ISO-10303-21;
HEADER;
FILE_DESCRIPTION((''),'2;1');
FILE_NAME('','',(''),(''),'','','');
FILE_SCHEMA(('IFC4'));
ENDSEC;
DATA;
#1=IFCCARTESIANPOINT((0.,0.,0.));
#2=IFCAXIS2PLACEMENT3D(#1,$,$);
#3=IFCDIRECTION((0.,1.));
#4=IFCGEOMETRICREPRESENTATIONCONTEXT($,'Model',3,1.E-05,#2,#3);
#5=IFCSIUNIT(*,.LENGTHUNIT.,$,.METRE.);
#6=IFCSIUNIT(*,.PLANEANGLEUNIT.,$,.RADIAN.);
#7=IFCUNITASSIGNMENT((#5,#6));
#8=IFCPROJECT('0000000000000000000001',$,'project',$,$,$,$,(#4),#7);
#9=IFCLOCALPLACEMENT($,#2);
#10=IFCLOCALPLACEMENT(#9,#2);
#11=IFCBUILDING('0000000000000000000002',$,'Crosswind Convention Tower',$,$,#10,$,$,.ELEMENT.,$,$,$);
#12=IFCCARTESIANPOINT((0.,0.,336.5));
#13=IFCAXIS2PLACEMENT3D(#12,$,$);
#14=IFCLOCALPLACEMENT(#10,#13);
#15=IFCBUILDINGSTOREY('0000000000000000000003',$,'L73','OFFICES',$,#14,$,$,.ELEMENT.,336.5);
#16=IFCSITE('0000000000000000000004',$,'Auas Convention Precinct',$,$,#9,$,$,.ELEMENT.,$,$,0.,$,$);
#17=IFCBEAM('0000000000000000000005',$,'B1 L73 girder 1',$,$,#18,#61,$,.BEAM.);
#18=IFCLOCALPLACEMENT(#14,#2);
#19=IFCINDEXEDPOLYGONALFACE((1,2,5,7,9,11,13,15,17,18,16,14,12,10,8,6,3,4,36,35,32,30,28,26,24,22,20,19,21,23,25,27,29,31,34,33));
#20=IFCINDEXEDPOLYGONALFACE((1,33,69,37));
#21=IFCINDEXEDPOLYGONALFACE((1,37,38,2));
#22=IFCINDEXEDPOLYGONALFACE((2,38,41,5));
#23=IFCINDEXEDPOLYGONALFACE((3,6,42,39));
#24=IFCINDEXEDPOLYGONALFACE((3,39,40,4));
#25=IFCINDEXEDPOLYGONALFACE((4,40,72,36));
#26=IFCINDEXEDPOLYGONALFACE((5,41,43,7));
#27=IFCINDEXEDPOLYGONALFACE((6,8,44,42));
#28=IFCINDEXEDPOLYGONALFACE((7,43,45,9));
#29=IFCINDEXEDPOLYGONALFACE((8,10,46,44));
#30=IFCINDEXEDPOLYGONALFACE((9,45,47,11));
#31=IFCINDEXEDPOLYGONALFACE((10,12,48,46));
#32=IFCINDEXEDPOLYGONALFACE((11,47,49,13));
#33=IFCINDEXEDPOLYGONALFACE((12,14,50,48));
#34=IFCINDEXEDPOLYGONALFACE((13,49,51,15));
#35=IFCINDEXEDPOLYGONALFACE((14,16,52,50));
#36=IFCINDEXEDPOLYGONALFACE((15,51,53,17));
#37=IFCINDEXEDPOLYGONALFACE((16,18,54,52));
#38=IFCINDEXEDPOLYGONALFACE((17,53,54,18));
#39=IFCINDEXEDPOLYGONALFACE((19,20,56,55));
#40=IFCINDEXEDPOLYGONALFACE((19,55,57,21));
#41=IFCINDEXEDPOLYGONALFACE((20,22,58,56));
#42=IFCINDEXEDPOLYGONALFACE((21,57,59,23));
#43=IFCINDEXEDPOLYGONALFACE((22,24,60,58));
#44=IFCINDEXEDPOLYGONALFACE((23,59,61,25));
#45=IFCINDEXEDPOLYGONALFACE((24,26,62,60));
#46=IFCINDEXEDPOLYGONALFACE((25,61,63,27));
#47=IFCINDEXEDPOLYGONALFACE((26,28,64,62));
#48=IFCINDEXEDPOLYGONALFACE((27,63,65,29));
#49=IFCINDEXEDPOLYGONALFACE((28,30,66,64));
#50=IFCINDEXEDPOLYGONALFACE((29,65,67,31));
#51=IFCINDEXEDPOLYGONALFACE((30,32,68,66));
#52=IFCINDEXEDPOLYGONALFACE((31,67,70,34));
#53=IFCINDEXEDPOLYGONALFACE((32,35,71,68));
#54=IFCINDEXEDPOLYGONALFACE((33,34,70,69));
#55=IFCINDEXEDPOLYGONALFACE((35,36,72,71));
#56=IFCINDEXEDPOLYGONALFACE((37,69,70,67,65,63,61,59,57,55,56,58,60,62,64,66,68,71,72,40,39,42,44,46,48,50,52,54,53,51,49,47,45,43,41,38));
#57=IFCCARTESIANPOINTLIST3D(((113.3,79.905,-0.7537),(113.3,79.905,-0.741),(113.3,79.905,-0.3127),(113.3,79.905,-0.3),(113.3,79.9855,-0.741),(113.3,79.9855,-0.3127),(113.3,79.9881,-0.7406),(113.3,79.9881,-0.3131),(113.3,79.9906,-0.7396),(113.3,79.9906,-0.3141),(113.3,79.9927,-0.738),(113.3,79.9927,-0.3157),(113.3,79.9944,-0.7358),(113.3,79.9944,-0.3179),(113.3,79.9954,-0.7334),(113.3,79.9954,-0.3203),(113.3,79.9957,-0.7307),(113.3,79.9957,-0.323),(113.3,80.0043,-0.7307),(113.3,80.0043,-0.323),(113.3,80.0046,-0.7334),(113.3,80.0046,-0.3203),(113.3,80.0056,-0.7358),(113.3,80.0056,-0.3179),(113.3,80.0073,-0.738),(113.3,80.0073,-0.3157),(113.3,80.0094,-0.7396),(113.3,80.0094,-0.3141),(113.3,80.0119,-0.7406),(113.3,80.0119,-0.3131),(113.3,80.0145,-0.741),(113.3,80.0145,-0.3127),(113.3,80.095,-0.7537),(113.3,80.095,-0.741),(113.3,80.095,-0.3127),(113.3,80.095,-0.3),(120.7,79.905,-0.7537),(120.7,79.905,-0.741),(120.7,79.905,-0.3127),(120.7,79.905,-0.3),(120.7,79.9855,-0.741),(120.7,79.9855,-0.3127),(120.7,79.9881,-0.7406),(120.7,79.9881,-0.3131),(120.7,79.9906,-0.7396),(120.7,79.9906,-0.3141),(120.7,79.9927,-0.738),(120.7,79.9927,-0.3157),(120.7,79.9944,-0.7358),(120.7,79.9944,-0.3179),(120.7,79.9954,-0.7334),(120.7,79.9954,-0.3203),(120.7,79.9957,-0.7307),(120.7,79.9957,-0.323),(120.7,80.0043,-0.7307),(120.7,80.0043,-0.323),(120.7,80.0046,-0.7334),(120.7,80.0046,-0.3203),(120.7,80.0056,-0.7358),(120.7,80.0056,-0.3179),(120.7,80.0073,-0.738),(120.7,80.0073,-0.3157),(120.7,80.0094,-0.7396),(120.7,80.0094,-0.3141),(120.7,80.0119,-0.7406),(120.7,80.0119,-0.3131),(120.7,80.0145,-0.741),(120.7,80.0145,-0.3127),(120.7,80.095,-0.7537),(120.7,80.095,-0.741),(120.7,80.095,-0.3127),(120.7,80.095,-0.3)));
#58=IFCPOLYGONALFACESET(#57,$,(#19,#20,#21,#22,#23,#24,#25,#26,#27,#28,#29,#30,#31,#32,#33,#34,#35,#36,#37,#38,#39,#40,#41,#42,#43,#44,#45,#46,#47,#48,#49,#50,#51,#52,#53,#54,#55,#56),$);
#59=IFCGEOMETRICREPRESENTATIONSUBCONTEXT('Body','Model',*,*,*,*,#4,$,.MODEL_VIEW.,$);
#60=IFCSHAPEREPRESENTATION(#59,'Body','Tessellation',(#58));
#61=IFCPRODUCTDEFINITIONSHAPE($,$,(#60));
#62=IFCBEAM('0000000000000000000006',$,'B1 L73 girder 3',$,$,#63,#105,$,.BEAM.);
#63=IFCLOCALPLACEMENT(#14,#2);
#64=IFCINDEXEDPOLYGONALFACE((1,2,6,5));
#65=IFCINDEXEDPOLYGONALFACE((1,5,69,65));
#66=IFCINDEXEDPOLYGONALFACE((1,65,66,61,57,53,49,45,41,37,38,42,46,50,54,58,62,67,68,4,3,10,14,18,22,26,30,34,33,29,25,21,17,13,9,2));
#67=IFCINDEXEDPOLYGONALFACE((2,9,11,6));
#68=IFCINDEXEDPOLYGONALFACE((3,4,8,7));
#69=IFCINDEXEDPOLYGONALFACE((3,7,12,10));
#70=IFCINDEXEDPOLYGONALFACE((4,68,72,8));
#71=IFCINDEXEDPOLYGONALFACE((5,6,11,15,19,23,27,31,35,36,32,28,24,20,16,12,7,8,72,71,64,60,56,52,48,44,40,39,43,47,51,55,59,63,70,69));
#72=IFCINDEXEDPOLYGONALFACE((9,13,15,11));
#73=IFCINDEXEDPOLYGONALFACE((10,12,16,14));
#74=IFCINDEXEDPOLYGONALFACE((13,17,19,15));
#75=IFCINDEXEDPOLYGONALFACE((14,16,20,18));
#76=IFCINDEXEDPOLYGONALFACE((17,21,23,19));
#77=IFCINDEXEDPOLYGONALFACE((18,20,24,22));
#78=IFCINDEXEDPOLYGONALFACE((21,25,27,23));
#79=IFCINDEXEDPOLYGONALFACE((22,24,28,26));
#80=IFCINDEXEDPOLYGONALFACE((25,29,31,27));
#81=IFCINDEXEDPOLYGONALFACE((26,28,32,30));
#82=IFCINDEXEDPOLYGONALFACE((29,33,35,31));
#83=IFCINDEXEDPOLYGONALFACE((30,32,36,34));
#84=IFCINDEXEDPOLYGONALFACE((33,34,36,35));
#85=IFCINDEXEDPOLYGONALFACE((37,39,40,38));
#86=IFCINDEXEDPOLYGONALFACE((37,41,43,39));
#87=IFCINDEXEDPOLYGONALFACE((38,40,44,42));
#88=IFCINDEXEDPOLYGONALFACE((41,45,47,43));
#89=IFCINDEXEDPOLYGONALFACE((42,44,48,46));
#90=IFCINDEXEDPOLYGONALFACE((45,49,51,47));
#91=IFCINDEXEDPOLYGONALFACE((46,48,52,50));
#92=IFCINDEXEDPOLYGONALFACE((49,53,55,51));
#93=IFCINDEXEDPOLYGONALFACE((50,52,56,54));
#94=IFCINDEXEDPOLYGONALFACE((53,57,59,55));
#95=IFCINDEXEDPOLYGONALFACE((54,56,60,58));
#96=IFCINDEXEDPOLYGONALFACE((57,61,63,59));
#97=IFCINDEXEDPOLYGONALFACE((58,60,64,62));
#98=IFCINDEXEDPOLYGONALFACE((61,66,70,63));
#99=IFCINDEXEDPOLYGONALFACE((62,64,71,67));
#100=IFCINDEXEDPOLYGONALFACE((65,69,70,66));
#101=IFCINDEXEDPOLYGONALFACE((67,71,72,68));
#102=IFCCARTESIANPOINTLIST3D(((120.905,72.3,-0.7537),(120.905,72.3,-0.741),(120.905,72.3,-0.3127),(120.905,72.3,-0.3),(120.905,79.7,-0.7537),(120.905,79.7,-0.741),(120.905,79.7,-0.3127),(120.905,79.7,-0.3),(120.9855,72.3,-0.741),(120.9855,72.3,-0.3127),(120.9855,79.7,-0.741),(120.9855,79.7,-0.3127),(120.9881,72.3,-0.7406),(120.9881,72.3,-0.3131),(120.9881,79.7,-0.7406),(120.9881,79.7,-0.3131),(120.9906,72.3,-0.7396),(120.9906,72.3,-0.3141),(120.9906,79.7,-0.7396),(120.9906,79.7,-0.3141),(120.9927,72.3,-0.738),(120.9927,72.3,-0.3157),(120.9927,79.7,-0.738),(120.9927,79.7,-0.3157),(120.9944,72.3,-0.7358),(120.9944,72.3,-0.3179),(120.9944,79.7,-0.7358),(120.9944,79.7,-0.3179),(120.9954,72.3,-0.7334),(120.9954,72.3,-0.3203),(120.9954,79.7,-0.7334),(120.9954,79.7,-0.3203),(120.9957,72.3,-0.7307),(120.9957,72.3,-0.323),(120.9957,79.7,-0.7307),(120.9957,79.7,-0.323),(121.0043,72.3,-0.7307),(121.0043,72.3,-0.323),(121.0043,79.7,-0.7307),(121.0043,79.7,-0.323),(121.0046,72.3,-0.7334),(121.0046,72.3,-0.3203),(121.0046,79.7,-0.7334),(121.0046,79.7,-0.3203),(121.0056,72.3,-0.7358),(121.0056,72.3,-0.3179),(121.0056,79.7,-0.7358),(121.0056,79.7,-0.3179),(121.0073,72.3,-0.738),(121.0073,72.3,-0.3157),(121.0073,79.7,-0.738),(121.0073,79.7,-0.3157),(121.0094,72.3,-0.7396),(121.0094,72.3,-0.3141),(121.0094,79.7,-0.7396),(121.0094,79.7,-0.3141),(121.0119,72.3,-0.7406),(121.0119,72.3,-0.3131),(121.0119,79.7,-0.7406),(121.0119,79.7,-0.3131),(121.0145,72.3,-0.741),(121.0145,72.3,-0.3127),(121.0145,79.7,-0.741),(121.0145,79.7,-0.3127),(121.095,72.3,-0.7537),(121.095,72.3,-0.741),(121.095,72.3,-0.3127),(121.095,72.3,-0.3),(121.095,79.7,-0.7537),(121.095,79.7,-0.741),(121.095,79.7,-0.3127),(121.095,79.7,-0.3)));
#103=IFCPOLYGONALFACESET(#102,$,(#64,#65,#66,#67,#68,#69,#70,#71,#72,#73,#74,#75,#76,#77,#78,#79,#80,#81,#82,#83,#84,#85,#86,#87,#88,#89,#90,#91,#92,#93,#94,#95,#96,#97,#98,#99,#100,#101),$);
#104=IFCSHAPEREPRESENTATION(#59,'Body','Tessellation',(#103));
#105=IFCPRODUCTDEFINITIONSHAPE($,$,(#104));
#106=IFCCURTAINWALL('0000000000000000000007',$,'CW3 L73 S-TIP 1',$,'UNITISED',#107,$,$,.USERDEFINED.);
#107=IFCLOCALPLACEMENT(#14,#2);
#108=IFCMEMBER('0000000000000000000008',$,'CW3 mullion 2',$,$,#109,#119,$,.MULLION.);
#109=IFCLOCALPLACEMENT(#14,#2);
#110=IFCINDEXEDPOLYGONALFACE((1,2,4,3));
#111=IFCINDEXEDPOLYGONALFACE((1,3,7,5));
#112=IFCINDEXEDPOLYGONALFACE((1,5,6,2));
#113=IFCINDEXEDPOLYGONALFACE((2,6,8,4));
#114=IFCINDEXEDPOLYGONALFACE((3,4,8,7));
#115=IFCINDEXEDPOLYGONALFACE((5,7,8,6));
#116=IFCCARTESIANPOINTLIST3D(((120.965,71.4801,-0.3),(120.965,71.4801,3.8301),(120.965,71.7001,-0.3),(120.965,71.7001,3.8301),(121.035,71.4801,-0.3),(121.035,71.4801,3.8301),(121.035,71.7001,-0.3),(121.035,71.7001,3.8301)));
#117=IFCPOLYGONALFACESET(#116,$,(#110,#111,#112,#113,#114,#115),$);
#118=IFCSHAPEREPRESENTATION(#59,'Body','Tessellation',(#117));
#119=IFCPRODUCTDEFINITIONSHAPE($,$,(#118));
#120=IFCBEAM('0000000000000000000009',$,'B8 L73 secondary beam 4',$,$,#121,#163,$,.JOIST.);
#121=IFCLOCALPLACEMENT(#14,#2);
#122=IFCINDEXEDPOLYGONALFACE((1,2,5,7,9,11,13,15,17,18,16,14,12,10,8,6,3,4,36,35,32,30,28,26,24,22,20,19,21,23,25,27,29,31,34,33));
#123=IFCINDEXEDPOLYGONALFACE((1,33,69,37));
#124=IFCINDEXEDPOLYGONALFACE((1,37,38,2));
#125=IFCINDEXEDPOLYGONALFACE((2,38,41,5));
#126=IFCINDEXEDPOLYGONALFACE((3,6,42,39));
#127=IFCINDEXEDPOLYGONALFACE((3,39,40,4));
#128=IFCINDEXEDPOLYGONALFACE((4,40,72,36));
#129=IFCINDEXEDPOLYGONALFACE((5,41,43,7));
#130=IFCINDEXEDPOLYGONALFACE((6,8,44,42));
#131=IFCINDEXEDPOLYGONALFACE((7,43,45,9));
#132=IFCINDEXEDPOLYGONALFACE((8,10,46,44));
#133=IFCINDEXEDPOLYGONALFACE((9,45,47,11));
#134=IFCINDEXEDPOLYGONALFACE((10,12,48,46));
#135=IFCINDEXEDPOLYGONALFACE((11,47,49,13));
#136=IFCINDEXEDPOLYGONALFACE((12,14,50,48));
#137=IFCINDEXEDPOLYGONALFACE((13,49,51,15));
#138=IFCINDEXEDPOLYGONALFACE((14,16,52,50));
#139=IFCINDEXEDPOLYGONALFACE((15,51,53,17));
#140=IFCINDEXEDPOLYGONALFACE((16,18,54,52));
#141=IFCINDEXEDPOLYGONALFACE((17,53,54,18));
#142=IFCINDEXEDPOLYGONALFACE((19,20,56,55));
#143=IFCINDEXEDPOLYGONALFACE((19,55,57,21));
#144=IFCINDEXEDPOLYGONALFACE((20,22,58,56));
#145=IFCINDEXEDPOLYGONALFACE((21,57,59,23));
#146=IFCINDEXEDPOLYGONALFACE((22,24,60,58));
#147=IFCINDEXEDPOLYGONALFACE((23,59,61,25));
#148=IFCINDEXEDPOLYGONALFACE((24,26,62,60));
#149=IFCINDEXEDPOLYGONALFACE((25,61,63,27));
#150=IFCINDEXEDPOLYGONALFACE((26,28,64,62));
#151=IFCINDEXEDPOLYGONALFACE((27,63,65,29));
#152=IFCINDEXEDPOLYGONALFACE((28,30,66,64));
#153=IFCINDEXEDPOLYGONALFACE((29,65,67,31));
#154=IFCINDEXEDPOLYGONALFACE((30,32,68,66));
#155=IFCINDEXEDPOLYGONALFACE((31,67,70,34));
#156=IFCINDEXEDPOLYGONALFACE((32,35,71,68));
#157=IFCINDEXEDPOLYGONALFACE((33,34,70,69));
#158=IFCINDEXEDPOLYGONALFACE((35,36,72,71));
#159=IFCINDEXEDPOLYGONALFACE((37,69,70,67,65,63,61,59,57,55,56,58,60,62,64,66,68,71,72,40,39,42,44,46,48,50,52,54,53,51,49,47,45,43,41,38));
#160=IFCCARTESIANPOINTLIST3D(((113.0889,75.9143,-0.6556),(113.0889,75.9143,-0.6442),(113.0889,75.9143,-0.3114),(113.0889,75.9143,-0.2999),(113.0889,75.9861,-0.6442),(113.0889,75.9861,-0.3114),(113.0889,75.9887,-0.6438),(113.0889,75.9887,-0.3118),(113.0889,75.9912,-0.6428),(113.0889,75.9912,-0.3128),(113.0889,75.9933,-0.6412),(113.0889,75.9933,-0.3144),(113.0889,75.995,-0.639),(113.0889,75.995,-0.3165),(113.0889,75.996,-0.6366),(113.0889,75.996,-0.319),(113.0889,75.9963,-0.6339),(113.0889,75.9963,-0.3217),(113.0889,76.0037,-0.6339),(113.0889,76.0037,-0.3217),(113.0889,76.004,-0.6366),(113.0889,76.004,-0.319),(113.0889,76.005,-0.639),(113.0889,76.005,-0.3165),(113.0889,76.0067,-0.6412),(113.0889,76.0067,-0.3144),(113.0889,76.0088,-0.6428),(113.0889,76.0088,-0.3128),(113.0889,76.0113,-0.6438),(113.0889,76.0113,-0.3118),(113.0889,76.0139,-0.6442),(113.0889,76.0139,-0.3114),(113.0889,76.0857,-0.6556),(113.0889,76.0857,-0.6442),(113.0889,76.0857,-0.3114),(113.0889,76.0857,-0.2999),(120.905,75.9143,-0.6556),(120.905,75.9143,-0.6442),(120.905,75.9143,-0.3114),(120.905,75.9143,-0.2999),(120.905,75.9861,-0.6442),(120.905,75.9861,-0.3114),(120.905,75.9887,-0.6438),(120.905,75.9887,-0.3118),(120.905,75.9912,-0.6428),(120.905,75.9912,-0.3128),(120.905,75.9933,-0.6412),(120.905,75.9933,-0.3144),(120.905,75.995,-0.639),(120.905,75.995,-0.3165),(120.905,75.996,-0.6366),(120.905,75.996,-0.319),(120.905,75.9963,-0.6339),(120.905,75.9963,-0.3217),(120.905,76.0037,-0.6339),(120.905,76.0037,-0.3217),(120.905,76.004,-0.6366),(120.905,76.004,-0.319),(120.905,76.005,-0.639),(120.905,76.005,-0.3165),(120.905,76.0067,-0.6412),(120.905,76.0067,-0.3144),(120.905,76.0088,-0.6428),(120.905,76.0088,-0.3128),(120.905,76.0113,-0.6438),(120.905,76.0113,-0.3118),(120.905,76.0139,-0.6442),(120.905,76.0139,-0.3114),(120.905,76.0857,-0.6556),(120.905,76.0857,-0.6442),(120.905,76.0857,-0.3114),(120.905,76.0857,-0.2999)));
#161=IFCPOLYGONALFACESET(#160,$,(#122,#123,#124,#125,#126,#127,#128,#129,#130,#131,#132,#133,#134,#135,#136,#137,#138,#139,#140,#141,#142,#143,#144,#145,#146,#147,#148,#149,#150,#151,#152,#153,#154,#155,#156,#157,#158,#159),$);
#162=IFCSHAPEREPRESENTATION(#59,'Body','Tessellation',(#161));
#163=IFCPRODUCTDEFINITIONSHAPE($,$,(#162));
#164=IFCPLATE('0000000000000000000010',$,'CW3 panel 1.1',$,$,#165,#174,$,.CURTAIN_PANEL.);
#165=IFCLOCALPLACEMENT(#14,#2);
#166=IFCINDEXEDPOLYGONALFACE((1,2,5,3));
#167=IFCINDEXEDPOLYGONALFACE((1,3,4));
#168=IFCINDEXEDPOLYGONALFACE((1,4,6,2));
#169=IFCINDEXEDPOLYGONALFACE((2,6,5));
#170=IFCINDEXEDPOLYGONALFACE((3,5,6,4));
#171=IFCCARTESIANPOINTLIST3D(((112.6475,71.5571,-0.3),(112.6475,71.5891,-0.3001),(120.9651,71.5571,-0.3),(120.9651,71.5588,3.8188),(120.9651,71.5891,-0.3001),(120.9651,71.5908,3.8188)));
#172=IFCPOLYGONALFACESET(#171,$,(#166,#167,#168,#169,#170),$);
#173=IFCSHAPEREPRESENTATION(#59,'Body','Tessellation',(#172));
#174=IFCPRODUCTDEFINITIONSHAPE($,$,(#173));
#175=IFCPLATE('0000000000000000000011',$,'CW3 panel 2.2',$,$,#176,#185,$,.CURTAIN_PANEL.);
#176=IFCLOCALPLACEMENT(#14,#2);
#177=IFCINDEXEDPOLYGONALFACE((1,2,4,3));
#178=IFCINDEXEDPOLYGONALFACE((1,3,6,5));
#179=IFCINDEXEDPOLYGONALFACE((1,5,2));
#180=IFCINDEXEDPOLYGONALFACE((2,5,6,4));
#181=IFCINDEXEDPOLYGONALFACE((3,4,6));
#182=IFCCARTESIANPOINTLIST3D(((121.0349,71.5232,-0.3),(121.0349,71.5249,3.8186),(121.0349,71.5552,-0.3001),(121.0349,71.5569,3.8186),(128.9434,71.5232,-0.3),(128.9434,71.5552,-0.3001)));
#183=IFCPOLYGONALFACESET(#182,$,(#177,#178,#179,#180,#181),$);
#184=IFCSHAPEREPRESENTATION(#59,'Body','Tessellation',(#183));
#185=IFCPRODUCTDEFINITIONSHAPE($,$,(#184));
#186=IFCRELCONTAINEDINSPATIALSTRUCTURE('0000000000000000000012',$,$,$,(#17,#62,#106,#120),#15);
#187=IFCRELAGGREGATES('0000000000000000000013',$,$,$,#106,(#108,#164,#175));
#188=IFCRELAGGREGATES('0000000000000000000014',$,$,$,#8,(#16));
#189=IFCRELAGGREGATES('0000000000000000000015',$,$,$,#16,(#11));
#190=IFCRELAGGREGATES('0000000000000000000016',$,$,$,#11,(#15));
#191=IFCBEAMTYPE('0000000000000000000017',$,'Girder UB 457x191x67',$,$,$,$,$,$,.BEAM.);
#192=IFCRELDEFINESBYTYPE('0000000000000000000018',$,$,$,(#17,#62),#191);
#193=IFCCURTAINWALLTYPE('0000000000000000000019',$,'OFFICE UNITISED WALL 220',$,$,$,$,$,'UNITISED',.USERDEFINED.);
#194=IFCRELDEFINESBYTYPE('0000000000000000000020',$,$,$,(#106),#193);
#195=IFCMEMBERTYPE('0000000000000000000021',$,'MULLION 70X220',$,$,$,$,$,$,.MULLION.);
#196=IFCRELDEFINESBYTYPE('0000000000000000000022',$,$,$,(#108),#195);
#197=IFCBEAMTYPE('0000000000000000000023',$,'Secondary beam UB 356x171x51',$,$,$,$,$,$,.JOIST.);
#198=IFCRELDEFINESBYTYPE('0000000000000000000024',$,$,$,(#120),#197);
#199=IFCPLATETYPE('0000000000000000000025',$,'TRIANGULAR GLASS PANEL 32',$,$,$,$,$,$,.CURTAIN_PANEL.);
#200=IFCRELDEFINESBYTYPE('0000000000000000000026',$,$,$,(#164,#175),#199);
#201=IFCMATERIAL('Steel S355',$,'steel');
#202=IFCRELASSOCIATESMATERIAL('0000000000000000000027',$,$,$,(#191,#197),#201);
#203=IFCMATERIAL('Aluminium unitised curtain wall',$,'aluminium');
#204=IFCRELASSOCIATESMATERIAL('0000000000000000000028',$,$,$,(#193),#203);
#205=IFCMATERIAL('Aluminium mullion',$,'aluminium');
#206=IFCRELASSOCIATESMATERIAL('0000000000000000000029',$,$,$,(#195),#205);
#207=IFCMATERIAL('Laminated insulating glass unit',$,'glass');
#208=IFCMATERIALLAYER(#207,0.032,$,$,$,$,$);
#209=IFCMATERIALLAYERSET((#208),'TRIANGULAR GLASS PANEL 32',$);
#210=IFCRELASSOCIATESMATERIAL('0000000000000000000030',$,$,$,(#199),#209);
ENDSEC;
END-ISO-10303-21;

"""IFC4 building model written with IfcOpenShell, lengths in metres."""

from ifc_helpers import new_model, si_unit, direction, frame, origin, origin_2d, place, context, subcontext, project, spatial, polyline, rectangle, i_section, outline, extrude, material, layer, layer_set, material_profile, profile_set, type_object, element, aggregate, save


model = new_model("IFC4")

# Units and contexts
model_context = context("Model", 3, precision=1e-05, world=origin(), true_north=direction((0.0, 1.0)))
body_context = subcontext(model_context, "Body", "Model", "MODEL_VIEW")
ifc_project = project(units=[si_unit("LENGTHUNIT", "METRE"), si_unit("PLANEANGLEUNIT", "RADIAN")], contexts=[model_context])

# Site, building, storey
site_placement = place(None, origin())
site = spatial("IfcSite", under=ifc_project, at=site_placement, Name="Auas Convention Precinct", CompositionType="ELEMENT", RefElevation=0.0)
building_placement = place(site_placement, origin())
building = spatial("IfcBuilding", under=site, at=building_placement, Name="Crosswind Convention Tower", CompositionType="ELEMENT")
storey_placement = place(building_placement, frame((0.0, 0.0, 336.5)))
storey = spatial("IfcBuildingStorey", under=building, at=storey_placement, Name="L73", Description="OFFICES", CompositionType="ELEMENT", Elevation=336.5)

# Beams
ifc_material_1 = material(Name="Steel S355", Category="steel")
ifc_material_profile_1 = material_profile(ifc_material_1, i_section(OverallWidth=0.1899, OverallDepth=0.4536, WebThickness=0.0085, FlangeThickness=0.0127, FilletRadius=0.0103, at=origin_2d()), Name="UB 457x191x67")
ifc_profile_set_1 = profile_set([ifc_material_profile_1], Name="Steel S355")
beam_type_1 = type_object("IfcBeamType", Name="Girder UB 457x191x67", PredefinedType="BEAM", material=ifc_profile_set_1)
for number, where, z_axis, x_axis, name in (
    (1, (113.3, 80.0, -0.5269), (1.0, 0.0, 0.0), (0.0, 1.0, 0.0), "B1 L73 girder 1"),
    (2, (121.0, 72.3, -0.5269), (0.0, 1.0, 0.0), (-1.0, 0.0, 0.0), "B1 L73 girder 3"),
):
    element("IfcBeam", number, at=place(storey_placement, frame(where, z_axis=z_axis, x_axis=x_axis)), inside=storey, type_object=beam_type_1, Name=name, PredefinedType="BEAM", context=body_context, shape_type="SweptSolid", body=[
        extrude(i_section(OverallWidth=0.1899, OverallDepth=0.4536, WebThickness=0.0085, FlangeThickness=0.0127, FilletRadius=0.0103, at=origin_2d()), origin(), (0.0, 0.0, 1.0), 7.3999),
    ])

# Curtain wall, member
ifc_material_2 = material(Name="Aluminium unitised curtain wall", Category="aluminium")
curtain_wall_type = type_object("IfcCurtainWallType", Name="OFFICE UNITISED WALL 220", ElementType="UNITISED", PredefinedType="USERDEFINED", material=ifc_material_2)
curtain_wall_placement = place(storey_placement, origin())
curtain_wall = element("IfcCurtainWall", 3, at=curtain_wall_placement, inside=storey, type_object=curtain_wall_type, Name="CW3 L73 S-TIP 1", ObjectType="UNITISED", PredefinedType="USERDEFINED")
ifc_material_3 = material(Name="Aluminium mullion", Category="aluminium")
ifc_material_profile_2 = material_profile(ifc_material_3, rectangle(XDim=0.22, YDim=0.0701, at=origin_2d()), Name="AL 220X70")
ifc_profile_set_2 = profile_set([ifc_material_profile_2], Name="Aluminium mullion")
member_type = type_object("IfcMemberType", Name="MULLION 70X220", PredefinedType="MULLION", material=ifc_profile_set_2)
member_placement = place(storey_placement, frame((121.0, 71.5901, -0.3), z_axis=(0.0, 0.0, 1.0), x_axis=(0.0, -1.0, 0.0)))
member = element("IfcMember", 4, at=member_placement, type_object=member_type, Name="CW3 mullion 2", PredefinedType="MULLION", context=body_context, shape_type="SweptSolid", body=[
    extrude(rectangle(XDim=0.22, YDim=0.0701, at=origin_2d()), origin(), (0.0, 0.0, 1.0), 4.1301),
])

# Beam
ifc_material_profile_3 = material_profile(ifc_material_1, i_section(OverallWidth=0.1714, OverallDepth=0.3557, WebThickness=0.0073, FlangeThickness=0.0115, FilletRadius=0.0103, at=origin_2d()), Name="UB 356x171x51")
ifc_profile_set_3 = profile_set([ifc_material_profile_3], Name="Steel S355")
beam_type_2 = type_object("IfcBeamType", Name="Secondary beam UB 356x171x51", PredefinedType="JOIST", material=ifc_profile_set_3)
beam_1_placement = place(storey_placement, frame((113.0889, 76.0, -0.4778), z_axis=(1.0, 0.0, 0.0), x_axis=(0.0, 1.0, 0.0)))
element("IfcBeam", 5, at=beam_1_placement, inside=storey, type_object=beam_type_2, Name="B8 L73 secondary beam 4", PredefinedType="JOIST", context=body_context, shape_type="SweptSolid", body=[
    extrude(i_section(OverallWidth=0.1714, OverallDepth=0.3557, WebThickness=0.0073, FlangeThickness=0.0115, FilletRadius=0.0103, at=origin_2d()), origin(), (0.0, 0.0, 1.0), 7.8162),
])

# Plates
ifc_material_4 = material(Name="Laminated insulating glass unit", Category="glass")
ifc_layer_1 = layer(ifc_material_4, 0.032)
ifc_layer_set_1 = layer_set([ifc_layer_1], Name="TRIANGULAR GLASS PANEL 32")
plate_type = type_object("IfcPlateType", Name="TRIANGULAR GLASS PANEL 32", PredefinedType="CURTAIN_PANEL", material=ifc_layer_set_1)
plate_1_placement = place(storey_placement, frame((120.9651, 71.5571, -0.3), z_axis=(0.0, -1.0, 0.000415), x_axis=(0.0, 0.000415, 1.0)))
plate_1 = element("IfcPlate", 6, at=plate_1_placement, type_object=plate_type, Name="CW3 panel 1.1", PredefinedType="CURTAIN_PANEL", context=body_context, shape_type="SweptSolid", body=[
    extrude(outline(polyline([(0.0, 0.0), (4.1189, 0.0), (0.0, 8.3176), (0.0, 0.0)])), origin(), (0.0, 0.0, -1.0), 0.032),
])
plate_2_placement = place(storey_placement, frame((121.0349, 71.5232, -0.3), z_axis=(0.0, -1.0, 0.000415), x_axis=(1.0, 0.0, 0.0)))
plate_2 = element("IfcPlate", 7, at=plate_2_placement, type_object=plate_type, Name="CW3 panel 2.2", PredefinedType="CURTAIN_PANEL", context=body_context, shape_type="SweptSolid", body=[
    extrude(outline(polyline([(0.0, 0.0), (7.9084, 0.0), (0.0, 4.1187), (0.0, 0.0)])), origin(), (0.0, 0.0, -1.0), 0.032),
])
aggregate(curtain_wall, [member, plate_1, plate_2])

save(model, "model.ifc")
